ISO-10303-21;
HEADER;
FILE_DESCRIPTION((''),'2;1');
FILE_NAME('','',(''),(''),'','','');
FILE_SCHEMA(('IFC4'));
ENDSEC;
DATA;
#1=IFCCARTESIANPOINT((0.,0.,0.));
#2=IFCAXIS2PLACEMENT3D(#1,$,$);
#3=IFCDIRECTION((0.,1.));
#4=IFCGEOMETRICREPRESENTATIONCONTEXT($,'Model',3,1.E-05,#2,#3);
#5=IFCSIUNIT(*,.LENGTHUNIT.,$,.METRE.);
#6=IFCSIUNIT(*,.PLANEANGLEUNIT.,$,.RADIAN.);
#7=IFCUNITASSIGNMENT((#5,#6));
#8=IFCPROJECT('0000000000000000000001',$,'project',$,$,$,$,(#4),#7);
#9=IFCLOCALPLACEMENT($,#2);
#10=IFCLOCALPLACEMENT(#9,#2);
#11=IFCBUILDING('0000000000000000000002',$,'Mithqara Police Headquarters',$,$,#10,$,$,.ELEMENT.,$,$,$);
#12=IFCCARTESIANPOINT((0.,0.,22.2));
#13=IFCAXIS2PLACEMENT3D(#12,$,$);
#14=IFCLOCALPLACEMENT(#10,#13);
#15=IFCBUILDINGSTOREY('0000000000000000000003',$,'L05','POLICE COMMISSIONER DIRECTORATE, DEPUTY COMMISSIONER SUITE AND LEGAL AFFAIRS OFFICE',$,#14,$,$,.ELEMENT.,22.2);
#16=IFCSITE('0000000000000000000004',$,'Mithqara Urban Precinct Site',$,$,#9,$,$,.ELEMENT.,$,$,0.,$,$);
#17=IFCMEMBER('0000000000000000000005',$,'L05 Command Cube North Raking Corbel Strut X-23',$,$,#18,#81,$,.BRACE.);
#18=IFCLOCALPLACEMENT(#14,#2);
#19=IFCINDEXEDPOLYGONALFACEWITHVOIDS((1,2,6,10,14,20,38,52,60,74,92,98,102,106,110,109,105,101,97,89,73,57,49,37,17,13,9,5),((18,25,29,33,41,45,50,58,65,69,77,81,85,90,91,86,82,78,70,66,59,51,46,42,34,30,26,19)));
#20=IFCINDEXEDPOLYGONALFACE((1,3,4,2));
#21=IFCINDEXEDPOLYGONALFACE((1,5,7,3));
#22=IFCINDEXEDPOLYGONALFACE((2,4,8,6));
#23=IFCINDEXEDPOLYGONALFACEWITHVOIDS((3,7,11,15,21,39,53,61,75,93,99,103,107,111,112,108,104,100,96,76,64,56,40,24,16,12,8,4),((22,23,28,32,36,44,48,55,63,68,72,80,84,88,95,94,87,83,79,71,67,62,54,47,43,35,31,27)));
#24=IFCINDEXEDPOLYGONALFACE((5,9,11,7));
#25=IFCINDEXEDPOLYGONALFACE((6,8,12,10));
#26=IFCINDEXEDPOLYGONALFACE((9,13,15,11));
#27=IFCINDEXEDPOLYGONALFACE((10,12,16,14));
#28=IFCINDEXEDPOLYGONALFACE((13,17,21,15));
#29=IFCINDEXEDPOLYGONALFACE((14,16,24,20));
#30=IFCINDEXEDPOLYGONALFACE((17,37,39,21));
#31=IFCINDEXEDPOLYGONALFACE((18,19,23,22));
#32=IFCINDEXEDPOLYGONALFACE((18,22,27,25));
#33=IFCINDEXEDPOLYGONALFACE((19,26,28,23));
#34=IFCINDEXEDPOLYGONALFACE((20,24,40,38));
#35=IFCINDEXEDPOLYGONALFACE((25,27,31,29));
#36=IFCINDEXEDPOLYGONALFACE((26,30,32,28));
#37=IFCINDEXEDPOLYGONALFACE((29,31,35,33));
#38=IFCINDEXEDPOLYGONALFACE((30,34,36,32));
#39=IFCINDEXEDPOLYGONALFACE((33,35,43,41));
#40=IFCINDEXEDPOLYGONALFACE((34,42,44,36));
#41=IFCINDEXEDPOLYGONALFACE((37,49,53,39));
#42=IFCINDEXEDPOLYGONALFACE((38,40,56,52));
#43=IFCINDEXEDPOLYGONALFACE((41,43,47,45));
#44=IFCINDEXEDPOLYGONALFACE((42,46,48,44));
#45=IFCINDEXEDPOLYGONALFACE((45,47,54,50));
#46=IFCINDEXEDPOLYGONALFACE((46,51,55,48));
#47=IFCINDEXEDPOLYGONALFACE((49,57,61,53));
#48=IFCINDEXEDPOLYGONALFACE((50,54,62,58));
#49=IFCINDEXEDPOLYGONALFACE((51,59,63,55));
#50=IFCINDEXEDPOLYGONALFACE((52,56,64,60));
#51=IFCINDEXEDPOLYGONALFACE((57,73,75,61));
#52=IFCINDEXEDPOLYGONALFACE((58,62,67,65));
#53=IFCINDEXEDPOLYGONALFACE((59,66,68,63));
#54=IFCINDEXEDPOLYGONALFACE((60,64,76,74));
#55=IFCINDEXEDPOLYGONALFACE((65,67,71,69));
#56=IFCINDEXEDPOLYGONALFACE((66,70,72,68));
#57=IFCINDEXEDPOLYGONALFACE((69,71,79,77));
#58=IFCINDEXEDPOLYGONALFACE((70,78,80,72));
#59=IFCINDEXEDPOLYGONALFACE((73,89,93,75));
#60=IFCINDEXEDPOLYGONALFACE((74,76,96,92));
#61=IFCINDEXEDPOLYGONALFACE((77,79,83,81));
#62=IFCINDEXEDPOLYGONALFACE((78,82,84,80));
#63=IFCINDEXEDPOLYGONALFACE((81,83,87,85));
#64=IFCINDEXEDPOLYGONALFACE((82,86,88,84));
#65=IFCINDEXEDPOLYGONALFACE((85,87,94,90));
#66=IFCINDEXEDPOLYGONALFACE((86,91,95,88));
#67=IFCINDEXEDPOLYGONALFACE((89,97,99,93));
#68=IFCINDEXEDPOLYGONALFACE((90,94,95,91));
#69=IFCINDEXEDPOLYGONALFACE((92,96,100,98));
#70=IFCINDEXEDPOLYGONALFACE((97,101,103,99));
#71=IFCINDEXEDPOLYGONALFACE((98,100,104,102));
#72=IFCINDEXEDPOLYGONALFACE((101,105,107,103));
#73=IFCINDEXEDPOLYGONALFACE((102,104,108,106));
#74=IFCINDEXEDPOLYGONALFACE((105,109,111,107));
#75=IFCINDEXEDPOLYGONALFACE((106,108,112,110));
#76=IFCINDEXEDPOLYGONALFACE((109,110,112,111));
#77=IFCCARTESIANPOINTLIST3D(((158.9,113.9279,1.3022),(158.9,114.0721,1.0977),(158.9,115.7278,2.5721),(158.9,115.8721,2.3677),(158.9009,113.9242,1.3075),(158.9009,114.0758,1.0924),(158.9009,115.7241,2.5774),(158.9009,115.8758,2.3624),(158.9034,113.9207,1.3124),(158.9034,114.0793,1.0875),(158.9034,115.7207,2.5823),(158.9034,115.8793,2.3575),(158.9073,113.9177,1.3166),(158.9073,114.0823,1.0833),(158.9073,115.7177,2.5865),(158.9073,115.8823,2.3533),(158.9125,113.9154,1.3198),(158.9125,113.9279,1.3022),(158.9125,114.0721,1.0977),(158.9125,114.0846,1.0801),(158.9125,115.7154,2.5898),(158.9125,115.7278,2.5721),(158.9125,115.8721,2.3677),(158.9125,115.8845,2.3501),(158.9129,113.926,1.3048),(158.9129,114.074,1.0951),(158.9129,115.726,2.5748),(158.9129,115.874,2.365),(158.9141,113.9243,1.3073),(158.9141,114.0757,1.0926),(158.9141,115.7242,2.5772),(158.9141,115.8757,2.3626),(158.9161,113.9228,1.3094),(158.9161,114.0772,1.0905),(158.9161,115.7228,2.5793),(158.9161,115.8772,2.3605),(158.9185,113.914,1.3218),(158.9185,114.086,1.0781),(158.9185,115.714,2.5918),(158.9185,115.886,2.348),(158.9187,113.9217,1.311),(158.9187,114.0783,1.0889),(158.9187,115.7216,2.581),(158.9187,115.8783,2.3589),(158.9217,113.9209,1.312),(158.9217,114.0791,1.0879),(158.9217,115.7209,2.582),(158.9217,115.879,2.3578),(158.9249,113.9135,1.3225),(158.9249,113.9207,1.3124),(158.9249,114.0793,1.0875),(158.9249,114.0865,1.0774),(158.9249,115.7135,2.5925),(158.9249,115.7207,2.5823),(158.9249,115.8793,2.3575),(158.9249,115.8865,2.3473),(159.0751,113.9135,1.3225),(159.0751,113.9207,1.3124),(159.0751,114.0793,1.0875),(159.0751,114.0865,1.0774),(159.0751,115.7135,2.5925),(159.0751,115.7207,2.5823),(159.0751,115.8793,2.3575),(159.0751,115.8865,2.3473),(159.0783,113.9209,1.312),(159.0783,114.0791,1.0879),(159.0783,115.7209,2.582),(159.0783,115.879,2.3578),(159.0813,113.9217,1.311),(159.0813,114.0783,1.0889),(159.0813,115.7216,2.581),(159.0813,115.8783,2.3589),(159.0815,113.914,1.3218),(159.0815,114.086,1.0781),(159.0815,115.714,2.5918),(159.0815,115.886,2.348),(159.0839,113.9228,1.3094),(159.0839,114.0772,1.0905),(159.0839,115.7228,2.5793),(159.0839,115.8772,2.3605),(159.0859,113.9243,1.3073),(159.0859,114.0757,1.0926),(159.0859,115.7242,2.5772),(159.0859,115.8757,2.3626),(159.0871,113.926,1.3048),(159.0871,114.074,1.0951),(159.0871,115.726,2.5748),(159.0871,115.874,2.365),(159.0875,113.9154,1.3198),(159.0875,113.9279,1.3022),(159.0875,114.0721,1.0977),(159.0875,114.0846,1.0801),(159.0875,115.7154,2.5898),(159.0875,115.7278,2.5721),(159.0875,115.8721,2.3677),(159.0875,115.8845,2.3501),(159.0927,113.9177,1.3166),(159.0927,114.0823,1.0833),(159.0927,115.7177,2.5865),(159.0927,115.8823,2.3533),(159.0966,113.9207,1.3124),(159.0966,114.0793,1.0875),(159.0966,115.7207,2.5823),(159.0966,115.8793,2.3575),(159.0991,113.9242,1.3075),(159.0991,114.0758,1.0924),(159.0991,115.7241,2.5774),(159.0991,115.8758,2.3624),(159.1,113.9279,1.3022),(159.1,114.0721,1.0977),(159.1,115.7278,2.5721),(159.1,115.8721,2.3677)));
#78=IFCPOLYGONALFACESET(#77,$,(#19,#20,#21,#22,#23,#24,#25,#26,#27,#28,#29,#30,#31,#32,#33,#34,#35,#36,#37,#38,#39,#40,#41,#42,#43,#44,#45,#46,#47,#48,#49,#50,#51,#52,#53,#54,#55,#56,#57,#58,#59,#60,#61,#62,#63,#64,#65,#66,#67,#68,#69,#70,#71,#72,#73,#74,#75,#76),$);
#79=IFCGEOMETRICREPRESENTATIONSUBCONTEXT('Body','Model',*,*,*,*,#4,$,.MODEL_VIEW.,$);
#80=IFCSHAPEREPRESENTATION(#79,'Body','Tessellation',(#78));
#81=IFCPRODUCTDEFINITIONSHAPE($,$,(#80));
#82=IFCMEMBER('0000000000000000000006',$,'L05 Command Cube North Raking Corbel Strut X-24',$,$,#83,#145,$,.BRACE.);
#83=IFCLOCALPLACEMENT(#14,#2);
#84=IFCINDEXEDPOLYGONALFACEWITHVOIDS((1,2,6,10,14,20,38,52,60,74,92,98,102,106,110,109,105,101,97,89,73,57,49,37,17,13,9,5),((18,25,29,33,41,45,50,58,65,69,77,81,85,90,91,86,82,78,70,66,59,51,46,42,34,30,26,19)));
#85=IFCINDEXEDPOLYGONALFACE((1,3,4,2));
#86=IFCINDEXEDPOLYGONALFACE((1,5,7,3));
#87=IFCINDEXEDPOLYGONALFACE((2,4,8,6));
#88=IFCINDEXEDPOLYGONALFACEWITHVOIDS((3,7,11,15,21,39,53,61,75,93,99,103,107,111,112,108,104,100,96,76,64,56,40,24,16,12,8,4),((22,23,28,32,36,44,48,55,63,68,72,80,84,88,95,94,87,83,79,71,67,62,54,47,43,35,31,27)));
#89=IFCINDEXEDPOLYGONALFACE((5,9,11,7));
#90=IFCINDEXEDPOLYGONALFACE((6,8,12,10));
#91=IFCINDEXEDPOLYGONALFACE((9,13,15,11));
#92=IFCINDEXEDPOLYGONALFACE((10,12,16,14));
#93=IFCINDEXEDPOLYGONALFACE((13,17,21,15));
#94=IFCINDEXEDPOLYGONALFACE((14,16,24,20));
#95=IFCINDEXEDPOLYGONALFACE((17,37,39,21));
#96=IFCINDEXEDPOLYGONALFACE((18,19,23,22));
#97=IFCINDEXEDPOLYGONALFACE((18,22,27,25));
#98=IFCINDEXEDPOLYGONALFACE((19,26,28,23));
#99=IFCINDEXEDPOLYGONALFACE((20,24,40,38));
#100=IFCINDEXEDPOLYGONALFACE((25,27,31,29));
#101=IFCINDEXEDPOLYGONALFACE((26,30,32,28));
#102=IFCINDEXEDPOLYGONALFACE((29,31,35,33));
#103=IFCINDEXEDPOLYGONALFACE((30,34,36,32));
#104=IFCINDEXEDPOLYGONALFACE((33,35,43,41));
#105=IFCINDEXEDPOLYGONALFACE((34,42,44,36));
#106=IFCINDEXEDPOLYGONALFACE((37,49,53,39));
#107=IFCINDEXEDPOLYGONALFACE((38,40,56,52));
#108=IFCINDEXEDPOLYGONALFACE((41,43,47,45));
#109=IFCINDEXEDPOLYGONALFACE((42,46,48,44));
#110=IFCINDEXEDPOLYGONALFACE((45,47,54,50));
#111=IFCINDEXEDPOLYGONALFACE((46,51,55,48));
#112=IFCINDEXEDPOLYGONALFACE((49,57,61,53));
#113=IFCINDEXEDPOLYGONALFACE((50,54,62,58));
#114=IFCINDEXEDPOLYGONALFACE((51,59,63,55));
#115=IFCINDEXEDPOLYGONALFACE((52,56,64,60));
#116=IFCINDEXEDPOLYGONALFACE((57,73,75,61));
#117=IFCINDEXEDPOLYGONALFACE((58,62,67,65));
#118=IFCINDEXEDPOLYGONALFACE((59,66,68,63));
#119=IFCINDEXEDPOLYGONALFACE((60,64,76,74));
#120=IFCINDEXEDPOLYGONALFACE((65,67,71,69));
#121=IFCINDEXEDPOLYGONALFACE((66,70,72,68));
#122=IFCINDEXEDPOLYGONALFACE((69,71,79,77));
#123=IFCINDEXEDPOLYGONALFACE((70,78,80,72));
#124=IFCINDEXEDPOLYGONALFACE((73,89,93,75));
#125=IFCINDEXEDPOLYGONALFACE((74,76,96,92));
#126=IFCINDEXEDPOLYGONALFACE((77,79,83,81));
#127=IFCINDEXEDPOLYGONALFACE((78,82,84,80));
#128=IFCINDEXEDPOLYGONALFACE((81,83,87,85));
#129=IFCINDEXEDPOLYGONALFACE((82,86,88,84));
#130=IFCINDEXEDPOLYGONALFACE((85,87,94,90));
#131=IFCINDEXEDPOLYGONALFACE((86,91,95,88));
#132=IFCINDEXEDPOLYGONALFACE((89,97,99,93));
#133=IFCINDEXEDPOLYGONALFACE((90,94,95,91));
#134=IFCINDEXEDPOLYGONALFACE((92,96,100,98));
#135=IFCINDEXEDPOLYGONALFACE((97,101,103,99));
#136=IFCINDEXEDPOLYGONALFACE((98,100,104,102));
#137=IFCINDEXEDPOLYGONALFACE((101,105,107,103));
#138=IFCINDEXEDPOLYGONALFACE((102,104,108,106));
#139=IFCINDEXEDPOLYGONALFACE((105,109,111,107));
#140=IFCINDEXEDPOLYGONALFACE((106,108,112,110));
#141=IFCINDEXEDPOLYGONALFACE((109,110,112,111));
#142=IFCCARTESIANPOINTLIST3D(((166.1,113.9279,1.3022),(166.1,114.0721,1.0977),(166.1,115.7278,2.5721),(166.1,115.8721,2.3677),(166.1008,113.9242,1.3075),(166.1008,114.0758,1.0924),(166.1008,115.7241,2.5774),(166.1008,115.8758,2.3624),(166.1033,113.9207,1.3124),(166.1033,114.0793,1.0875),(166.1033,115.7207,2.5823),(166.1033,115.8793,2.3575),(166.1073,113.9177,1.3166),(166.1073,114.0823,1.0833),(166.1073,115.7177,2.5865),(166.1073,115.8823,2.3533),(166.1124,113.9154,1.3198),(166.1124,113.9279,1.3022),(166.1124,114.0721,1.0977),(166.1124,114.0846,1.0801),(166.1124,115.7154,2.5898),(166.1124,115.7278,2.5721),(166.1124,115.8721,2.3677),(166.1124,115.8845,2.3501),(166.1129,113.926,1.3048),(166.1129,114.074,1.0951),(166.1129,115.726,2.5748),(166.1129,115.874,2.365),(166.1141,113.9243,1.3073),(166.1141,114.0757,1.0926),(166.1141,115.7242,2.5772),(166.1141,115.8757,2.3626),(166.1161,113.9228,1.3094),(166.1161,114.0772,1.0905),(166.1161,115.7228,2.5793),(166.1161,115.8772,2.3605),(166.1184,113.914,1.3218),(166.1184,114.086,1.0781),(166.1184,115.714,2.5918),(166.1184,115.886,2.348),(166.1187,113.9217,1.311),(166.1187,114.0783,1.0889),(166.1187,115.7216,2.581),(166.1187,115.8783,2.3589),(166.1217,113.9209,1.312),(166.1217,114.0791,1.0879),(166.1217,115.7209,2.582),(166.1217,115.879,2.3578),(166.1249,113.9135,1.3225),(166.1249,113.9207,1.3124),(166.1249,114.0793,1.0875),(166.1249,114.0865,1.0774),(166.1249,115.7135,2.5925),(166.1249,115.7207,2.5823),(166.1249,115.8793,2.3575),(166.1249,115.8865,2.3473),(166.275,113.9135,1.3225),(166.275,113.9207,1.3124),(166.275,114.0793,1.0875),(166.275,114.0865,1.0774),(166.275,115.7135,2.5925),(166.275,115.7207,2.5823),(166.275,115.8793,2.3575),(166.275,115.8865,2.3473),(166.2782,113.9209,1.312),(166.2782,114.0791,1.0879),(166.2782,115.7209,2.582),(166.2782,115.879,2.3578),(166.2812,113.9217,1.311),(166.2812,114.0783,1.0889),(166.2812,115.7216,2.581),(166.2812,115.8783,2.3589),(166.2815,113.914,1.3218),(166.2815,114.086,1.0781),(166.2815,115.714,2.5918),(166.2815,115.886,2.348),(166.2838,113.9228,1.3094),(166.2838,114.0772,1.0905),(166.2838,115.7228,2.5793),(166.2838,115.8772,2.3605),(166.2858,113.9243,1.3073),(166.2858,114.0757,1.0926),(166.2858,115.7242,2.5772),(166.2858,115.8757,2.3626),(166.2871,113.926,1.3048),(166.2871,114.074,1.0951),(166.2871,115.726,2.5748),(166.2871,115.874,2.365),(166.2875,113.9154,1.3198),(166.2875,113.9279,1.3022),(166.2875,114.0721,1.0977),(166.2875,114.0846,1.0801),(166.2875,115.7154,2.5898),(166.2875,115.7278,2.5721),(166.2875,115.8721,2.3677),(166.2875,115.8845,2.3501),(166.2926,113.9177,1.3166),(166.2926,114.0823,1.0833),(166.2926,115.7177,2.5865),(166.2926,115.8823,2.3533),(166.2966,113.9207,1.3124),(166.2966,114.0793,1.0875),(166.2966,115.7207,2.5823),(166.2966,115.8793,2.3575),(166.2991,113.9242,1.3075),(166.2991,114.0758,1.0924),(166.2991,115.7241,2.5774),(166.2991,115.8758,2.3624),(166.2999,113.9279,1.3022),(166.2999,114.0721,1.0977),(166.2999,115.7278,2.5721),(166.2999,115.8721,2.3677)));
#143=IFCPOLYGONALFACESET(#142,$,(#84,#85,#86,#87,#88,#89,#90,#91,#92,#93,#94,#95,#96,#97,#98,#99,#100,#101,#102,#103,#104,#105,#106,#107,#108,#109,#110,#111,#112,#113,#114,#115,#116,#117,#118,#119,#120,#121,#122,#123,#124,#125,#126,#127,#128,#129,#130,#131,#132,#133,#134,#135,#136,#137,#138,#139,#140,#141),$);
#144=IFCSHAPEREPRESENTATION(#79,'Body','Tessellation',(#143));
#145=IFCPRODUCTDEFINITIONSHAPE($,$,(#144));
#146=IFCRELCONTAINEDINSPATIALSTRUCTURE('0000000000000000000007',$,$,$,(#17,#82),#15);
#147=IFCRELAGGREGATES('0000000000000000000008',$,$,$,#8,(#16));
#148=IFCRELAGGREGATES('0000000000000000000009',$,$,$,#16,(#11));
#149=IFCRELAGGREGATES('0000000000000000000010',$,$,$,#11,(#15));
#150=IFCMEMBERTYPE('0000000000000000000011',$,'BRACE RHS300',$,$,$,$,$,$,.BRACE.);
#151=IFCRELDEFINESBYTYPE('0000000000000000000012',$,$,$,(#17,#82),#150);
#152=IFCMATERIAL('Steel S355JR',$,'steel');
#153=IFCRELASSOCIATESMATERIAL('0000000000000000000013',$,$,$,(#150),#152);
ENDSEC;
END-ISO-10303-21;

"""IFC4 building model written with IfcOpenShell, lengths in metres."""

from ifc_helpers import new_model, si_unit, direction, frame, origin, origin_2d, place, context, subcontext, project, spatial, hollow_rectangle, extrude, material, material_profile, profile_set, type_object, element, save


model = new_model("IFC4")

# Units and contexts
model_context = context("Model", 3, precision=1e-05, world=origin(), true_north=direction((0.0, 1.0)))
body_context = subcontext(model_context, "Body", "Model", "MODEL_VIEW")
ifc_project = project(units=[si_unit("LENGTHUNIT", "METRE"), si_unit("PLANEANGLEUNIT", "RADIAN")], contexts=[model_context])

# Site, building, storey
site_placement = place(None, origin())
site = spatial("IfcSite", under=ifc_project, at=site_placement, Name="Mithqara Urban Precinct Site", CompositionType="ELEMENT", RefElevation=0.0)
building_placement = place(site_placement, origin())
building = spatial("IfcBuilding", under=site, at=building_placement, Name="Mithqara Police Headquarters", CompositionType="ELEMENT")
storey_placement = place(building_placement, frame((0.0, 0.0, 22.2)))
storey = spatial("IfcBuildingStorey", under=building, at=storey_placement, Name="L05", Description="POLICE COMMISSIONER DIRECTORATE, DEPUTY COMMISSIONER SUITE AND LEGAL AFFAIRS OFFICE", CompositionType="ELEMENT", Elevation=22.2)

# Shared definitions
ifc_material_1 = material(Name="Steel S355JR", Category="steel")

# Members
ifc_material_profile_1 = material_profile(ifc_material_1, hollow_rectangle(XDim=0.2, YDim=0.3, WallThickness=0.0125, InnerFilletRadius=0.0125, OuterFilletRadius=0.0249, at=origin_2d()), Name="RHS 300x200x12.5")
ifc_profile_set_1 = profile_set([ifc_material_profile_1], Name="Steel S355JR")
member_type = type_object("IfcMemberType", Name="BRACE RHS300", PredefinedType="BRACE", material=ifc_profile_set_1)
for number, where, z_axis, x_axis, name in (
    (1, (159.0, 114.0, 1.2), (0.0, 0.817097, 0.5765), (-1.0, 0.0, 0.0), "L05 Command Cube North Raking Corbel Strut X-23"),
    (2, (166.2, 114.0, 1.2), (0.0, 0.817097, 0.5765), (-1.0, 0.0, 0.0), "L05 Command Cube North Raking Corbel Strut X-24"),
):
    element("IfcMember", number, at=place(storey_placement, frame(where, z_axis=z_axis, x_axis=x_axis)), inside=storey, type_object=member_type, Name=name, PredefinedType="BRACE", context=body_context, shape_type="SweptSolid", body=[
        extrude(hollow_rectangle(XDim=0.2, YDim=0.3, WallThickness=0.0125, InnerFilletRadius=0.0125, OuterFilletRadius=0.0249, at=origin_2d()), origin(), (0.0, 0.0, 1.0), 2.2029),
    ])

save(model, "model.ifc")
